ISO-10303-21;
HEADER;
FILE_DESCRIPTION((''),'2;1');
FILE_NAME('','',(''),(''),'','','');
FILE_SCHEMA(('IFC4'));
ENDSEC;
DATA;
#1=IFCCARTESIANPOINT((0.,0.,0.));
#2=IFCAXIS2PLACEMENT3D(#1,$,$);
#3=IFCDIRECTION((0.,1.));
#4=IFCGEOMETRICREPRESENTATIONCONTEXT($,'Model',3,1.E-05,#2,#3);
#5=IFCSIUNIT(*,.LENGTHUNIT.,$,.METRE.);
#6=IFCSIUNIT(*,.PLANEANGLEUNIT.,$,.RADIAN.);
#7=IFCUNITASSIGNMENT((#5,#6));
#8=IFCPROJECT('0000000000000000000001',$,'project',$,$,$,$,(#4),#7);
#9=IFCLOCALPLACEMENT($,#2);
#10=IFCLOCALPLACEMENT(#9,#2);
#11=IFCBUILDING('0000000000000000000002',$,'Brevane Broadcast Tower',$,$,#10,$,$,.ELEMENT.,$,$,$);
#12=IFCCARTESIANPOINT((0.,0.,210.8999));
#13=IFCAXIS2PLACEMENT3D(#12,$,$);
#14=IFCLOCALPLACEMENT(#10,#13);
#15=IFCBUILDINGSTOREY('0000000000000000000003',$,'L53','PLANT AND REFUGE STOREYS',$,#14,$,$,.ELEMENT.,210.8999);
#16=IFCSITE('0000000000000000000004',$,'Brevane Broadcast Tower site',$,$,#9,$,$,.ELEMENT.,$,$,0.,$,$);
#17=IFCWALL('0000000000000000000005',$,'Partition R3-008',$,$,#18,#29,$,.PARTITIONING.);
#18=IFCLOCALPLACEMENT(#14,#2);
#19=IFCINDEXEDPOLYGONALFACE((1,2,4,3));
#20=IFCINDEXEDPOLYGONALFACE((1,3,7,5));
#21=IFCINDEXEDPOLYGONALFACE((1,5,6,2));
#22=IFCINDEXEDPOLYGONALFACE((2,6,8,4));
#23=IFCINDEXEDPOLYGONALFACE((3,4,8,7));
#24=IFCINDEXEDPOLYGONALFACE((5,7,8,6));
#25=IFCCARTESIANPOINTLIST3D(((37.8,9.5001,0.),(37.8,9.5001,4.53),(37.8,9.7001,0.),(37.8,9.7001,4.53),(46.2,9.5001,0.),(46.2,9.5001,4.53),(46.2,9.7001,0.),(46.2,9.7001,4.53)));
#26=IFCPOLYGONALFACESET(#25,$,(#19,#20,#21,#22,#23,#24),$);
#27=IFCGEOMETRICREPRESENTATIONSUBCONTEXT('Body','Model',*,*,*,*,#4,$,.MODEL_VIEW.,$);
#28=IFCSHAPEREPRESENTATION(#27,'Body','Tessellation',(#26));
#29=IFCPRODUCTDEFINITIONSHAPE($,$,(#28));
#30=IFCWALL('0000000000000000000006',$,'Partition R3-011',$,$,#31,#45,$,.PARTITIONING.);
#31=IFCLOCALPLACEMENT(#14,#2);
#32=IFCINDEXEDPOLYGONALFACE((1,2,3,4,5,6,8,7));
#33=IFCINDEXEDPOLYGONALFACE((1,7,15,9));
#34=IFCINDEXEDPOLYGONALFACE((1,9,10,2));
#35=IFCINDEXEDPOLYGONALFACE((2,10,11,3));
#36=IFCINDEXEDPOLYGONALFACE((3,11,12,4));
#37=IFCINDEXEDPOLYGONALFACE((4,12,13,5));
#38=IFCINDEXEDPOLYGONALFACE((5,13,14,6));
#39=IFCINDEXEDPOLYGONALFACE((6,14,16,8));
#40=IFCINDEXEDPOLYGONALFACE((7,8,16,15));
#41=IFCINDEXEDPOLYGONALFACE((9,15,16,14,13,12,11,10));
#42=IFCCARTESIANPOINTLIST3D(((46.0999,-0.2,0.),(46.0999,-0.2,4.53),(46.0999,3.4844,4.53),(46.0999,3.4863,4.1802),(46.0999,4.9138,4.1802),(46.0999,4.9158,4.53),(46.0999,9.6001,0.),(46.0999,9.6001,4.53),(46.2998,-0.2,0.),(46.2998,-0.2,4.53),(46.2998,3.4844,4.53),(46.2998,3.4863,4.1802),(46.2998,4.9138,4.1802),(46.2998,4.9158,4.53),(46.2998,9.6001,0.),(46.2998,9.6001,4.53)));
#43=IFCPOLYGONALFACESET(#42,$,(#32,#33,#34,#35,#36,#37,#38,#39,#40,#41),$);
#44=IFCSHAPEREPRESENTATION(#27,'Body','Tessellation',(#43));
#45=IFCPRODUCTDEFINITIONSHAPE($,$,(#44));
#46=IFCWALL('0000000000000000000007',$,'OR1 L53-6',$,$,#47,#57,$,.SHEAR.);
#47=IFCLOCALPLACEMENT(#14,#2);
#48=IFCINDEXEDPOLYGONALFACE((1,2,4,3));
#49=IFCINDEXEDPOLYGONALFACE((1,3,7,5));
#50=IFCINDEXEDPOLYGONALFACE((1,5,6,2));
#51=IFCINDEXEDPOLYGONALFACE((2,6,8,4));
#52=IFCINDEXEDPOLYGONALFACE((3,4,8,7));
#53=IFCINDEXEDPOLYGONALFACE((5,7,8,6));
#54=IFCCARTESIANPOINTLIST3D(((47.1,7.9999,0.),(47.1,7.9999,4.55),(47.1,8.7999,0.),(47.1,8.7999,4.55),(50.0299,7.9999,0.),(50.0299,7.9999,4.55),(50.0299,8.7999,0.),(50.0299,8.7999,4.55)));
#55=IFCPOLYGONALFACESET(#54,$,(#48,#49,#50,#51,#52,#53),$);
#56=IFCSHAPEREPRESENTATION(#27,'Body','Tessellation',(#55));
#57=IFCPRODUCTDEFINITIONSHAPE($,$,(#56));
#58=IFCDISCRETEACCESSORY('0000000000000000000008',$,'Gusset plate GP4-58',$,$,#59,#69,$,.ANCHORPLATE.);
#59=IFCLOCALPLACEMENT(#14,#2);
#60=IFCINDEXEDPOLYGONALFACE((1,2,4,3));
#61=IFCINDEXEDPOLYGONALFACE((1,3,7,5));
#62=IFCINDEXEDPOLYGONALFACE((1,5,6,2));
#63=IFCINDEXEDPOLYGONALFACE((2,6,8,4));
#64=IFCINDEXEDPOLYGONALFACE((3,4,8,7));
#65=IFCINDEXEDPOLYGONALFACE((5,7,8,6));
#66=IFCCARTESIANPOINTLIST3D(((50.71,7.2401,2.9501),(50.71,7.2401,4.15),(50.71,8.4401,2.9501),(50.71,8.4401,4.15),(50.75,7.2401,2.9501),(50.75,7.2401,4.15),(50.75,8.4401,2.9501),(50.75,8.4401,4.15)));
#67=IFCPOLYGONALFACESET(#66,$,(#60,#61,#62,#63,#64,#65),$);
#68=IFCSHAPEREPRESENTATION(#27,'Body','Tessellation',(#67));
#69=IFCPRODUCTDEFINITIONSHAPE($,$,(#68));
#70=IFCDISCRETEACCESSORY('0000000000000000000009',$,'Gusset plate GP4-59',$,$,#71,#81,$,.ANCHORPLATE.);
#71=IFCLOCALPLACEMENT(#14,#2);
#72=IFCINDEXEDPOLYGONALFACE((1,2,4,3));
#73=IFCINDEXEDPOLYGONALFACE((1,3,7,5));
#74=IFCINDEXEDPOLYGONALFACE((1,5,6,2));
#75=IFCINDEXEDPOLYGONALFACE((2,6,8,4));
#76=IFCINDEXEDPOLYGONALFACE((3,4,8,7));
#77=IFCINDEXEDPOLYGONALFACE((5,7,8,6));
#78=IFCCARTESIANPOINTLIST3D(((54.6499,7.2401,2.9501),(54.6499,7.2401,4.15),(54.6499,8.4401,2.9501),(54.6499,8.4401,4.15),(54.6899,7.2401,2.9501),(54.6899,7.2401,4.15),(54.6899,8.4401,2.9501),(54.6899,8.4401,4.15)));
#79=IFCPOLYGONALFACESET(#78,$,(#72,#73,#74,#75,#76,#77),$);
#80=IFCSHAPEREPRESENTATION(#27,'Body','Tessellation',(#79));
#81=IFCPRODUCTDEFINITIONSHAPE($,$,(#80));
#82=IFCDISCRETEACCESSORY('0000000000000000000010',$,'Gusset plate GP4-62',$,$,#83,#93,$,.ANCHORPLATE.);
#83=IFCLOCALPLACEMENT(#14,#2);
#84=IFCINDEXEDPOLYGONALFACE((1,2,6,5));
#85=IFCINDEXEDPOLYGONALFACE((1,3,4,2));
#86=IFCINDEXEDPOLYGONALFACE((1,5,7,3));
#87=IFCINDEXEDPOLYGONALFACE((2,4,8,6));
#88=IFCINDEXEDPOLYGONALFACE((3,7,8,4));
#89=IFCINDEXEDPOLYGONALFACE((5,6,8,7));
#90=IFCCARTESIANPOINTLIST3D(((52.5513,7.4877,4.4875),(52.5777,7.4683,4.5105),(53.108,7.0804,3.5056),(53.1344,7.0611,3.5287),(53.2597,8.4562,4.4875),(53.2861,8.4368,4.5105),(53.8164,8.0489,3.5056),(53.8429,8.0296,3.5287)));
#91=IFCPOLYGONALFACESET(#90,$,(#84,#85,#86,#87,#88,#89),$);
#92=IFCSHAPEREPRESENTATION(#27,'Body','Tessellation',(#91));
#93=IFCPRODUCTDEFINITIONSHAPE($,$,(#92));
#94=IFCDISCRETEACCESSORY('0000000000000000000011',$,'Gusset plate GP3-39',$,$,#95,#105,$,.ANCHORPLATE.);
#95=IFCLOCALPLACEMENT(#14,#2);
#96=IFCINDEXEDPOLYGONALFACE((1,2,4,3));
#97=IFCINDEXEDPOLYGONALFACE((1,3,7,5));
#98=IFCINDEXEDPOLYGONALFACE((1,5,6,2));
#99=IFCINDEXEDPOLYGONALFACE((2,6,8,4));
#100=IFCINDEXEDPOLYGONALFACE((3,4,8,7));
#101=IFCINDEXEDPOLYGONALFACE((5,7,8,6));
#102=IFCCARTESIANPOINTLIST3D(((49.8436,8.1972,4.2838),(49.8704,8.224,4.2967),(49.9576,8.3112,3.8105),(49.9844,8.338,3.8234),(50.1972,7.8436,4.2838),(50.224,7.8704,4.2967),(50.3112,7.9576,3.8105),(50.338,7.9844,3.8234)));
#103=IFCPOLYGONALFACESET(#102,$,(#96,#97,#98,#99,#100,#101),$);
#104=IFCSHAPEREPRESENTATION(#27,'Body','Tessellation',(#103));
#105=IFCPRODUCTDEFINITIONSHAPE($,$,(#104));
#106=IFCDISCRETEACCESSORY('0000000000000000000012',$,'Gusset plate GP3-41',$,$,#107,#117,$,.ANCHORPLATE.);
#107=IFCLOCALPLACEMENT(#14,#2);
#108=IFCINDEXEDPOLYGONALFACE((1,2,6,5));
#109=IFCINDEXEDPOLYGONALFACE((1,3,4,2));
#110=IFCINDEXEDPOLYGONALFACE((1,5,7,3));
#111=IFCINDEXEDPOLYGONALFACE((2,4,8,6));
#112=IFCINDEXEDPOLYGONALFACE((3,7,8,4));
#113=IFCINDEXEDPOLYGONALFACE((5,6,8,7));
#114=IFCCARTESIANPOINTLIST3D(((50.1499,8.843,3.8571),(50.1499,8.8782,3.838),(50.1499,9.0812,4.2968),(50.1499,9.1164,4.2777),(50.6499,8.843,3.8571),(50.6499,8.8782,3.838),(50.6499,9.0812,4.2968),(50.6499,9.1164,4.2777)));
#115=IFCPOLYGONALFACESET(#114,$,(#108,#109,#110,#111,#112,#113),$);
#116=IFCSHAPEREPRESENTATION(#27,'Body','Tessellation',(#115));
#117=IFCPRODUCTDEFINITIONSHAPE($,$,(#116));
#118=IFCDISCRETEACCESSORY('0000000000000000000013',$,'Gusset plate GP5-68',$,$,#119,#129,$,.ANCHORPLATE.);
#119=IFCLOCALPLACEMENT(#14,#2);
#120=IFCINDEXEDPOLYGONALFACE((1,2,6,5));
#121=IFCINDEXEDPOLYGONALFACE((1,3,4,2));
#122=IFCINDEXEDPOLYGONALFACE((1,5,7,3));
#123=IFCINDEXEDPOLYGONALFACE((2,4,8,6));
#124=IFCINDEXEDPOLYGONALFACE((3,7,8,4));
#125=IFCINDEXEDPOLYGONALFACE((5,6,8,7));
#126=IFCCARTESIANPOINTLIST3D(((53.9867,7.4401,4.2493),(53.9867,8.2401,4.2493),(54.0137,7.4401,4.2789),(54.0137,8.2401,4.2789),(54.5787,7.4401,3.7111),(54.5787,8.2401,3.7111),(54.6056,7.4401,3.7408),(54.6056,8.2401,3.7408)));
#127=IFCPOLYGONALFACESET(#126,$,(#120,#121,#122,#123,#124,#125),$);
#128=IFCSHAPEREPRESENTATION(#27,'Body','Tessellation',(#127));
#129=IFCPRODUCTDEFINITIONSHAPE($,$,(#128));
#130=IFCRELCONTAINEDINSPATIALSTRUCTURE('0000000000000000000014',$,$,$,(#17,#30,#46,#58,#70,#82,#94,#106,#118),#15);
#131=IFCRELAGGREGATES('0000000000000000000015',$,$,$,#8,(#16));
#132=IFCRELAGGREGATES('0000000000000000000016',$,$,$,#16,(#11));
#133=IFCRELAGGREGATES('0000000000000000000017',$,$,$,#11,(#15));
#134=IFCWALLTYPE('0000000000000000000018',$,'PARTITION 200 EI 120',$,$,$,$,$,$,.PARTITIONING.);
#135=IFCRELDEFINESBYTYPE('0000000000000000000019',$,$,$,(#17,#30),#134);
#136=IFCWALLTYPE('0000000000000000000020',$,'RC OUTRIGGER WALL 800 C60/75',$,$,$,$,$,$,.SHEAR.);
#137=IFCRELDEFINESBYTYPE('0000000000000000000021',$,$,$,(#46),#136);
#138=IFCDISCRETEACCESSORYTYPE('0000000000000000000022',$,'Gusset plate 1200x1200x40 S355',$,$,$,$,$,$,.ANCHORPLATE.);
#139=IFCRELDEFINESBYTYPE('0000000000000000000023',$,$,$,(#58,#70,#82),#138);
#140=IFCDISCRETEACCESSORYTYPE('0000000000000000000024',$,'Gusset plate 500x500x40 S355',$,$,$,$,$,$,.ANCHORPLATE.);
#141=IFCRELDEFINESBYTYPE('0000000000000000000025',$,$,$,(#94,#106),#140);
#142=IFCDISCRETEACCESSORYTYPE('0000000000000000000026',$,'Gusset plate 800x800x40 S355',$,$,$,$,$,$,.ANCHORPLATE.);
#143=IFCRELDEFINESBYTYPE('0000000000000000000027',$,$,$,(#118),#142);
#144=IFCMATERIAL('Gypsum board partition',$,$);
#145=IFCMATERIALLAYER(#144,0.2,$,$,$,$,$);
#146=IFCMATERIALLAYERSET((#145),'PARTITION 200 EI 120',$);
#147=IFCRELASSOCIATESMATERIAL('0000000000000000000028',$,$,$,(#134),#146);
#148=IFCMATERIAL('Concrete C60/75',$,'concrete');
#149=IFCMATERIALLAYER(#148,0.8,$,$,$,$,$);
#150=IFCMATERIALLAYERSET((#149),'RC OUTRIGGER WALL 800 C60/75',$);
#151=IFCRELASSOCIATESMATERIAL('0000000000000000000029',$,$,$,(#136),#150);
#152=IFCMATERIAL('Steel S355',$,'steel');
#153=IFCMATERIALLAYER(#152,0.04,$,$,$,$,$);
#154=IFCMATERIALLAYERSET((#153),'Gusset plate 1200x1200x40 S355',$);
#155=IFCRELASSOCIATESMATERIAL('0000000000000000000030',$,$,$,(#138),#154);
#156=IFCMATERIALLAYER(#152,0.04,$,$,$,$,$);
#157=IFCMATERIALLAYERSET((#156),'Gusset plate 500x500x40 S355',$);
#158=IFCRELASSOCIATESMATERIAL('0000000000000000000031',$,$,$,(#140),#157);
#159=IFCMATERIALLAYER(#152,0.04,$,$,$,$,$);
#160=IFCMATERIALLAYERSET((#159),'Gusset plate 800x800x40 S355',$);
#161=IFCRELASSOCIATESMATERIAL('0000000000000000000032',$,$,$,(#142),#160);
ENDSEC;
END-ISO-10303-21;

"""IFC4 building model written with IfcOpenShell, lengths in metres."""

from ifc_helpers import new_model, si_unit, direction, frame, frame_2d, origin, origin_2d, place, context, subcontext, project, spatial, polyline, rectangle, outline, extrude, material, layer, layer_set, type_object, element, save


model = new_model("IFC4")

# Units and contexts
model_context = context("Model", 3, precision=1e-05, world=origin(), true_north=direction((0.0, 1.0)))
body_context = subcontext(model_context, "Body", "Model", "MODEL_VIEW")
ifc_project = project(units=[si_unit("LENGTHUNIT", "METRE"), si_unit("PLANEANGLEUNIT", "RADIAN")], contexts=[model_context])

# Site, building, storey
site_placement = place(None, origin())
site = spatial("IfcSite", under=ifc_project, at=site_placement, Name="Brevane Broadcast Tower site", CompositionType="ELEMENT", RefElevation=0.0)
building_placement = place(site_placement, origin())
building = spatial("IfcBuilding", under=site, at=building_placement, Name="Brevane Broadcast Tower", CompositionType="ELEMENT")
storey_placement = place(building_placement, frame((0.0, 0.0, 210.8999)))
storey = spatial("IfcBuildingStorey", under=building, at=storey_placement, Name="L53", Description="PLANT AND REFUGE STOREYS", CompositionType="ELEMENT", Elevation=210.8999)

# Shared definitions
ifc_material_1 = material(Name="Steel S355", Category="steel")

# Shared definitions
ifc_material_2 = material(Name="Gypsum board partition")
ifc_layer_1 = layer(ifc_material_2, 0.2)
ifc_layer_set_1 = layer_set([ifc_layer_1], Name="PARTITION 200 EI 120")
wall_type_1 = type_object("IfcWallType", Name="PARTITION 200 EI 120", PredefinedType="PARTITIONING", material=ifc_layer_set_1)

# Walls
wall_1_placement = place(storey_placement, frame((46.2, 9.6001, 0.0), z_axis=(0.0, 0.0, 1.0), x_axis=(-1.0, 0.0, 0.0)))
element("IfcWall", 1, at=wall_1_placement, inside=storey, type_object=wall_type_1, Name="Partition R3-008", PredefinedType="PARTITIONING", context=body_context, shape_type="SweptSolid", body=[
    extrude(rectangle(XDim=8.3999, YDim=0.2, at=frame_2d((4.2, 0.0))), origin(), (0.0, 0.0, 1.0), 4.53),
])
wall_2_placement = place(storey_placement, frame((46.2, -0.2, 0.0), z_axis=(0.0, 0.0, 1.0), x_axis=(0.0, 1.0, 0.0)))
element("IfcWall", 2, at=wall_2_placement, inside=storey, type_object=wall_type_1, Name="Partition R3-011", PredefinedType="PARTITIONING", context=body_context, shape_type="SweptSolid", body=[
    extrude(outline(polyline([(0.0, 0.0), (9.8, 0.0), (9.8, 4.53), (5.1157, 4.53), (5.1138, 4.1802), (3.6863, 4.1802), (3.6843, 4.53), (0.0, 4.53), (0.0, 0.0)])), frame((0.0, 0.1001, 0.0), z_axis=(0.0, -1.0, 0.0), x_axis=(1.0, 0.0, 0.0)), (0.0, 0.0, 1.0), 0.2),
])
ifc_material_3 = material(Name="Concrete C60/75", Category="concrete")
ifc_layer_2 = layer(ifc_material_3, 0.8)
ifc_layer_set_2 = layer_set([ifc_layer_2], Name="RC OUTRIGGER WALL 800 C60/75")
wall_type_2 = type_object("IfcWallType", Name="RC OUTRIGGER WALL 800 C60/75", PredefinedType="SHEAR", material=ifc_layer_set_2)
wall_3_placement = place(storey_placement, frame((47.1001, 8.3999, 0.0), z_axis=(0.0, 0.0, 1.0), x_axis=(1.0, 0.0, 0.0)))
element("IfcWall", 3, at=wall_3_placement, inside=storey, type_object=wall_type_2, Name="OR1 L53-6", PredefinedType="SHEAR", context=body_context, shape_type="SweptSolid", body=[
    extrude(rectangle(XDim=2.9299, YDim=0.8, at=frame_2d((1.4648, 0.0))), origin(), (0.0, 0.0, 1.0), 4.55),
])

# Discrete accessories
ifc_layer_3 = layer(ifc_material_1, 0.04)
ifc_layer_set_3 = layer_set([ifc_layer_3], Name="Gusset plate 1200x1200x40 S355")
discrete_accessory_type_1 = type_object("IfcDiscreteAccessoryType", Name="Gusset plate 1200x1200x40 S355", PredefinedType="ANCHORPLATE", material=ifc_layer_set_3)
for number, where, z_axis, x_axis, name in (
    (4, (50.71, 7.8401, 3.55), (1.0, 0.0, 0.0), (0.0, 1.0, 0.0), "Gusset plate GP4-58"),
    (5, (54.6499, 7.8401, 3.55), (1.0, 0.0, 0.0), (0.0, 1.0, 0.0), "Gusset plate GP4-59"),
    (6, (53.1838, 7.7683, 3.9966), (0.660442, -0.483101, 0.574829), (0.590391, 0.807117, 0.0), "Gusset plate GP4-62"),
):
    element("IfcDiscreteAccessory", number, at=place(storey_placement, frame(where, z_axis=z_axis, x_axis=x_axis)), inside=storey, type_object=discrete_accessory_type_1, Name=name, PredefinedType="ANCHORPLATE", context=body_context, shape_type="SweptSolid", body=[
        extrude(rectangle(XDim=1.2, YDim=1.2, at=origin_2d()), origin(), (0.0, 0.0, 1.0), 0.04),
    ])
ifc_layer_4 = layer(ifc_material_1, 0.04)
ifc_layer_set_4 = layer_set([ifc_layer_4], Name="Gusset plate 500x500x40 S355")
discrete_accessory_type_2 = type_object("IfcDiscreteAccessoryType", Name="Gusset plate 500x500x40 S355", PredefinedType="ANCHORPLATE", material=ifc_layer_set_4)
for number, where, z_axis, x_axis, name in (
    (7, (50.0774, 8.0774, 4.0471), (0.669327, 0.669327, 0.322494), (-0.707107, 0.707107, 0.0), "Gusset plate GP3-39"),
    (8, (50.3999, 8.9973, 4.0579), (0.0, -0.879292, 0.476283), (1.0, 0.0, 0.0), "Gusset plate GP3-41"),
):
    element("IfcDiscreteAccessory", number, at=place(storey_placement, frame(where, z_axis=z_axis, x_axis=x_axis)), inside=storey, type_object=discrete_accessory_type_2, Name=name, PredefinedType="ANCHORPLATE", context=body_context, shape_type="SweptSolid", body=[
        extrude(rectangle(XDim=0.5, YDim=0.5, at=origin_2d()), origin(), (0.0, 0.0, 1.0), 0.04),
    ])
ifc_layer_5 = layer(ifc_material_1, 0.04)
ifc_layer_set_5 = layer_set([ifc_layer_5], Name="Gusset plate 800x800x40 S355")
discrete_accessory_type_3 = type_object("IfcDiscreteAccessoryType", Name="Gusset plate 800x800x40 S355", PredefinedType="ANCHORPLATE", material=ifc_layer_set_5)
discrete_accessory_placement = place(storey_placement, frame((54.2827, 7.8401, 3.9802), z_axis=(0.672673, 0.0, 0.73994), x_axis=(0.0, 1.0, 0.0)))
element("IfcDiscreteAccessory", 9, at=discrete_accessory_placement, inside=storey, type_object=discrete_accessory_type_3, Name="Gusset plate GP5-68", PredefinedType="ANCHORPLATE", context=body_context, shape_type="SweptSolid", body=[
    extrude(rectangle(XDim=0.8, YDim=0.8, at=origin_2d()), origin(), (0.0, 0.0, 1.0), 0.04),
])

save(model, "model.ifc")
